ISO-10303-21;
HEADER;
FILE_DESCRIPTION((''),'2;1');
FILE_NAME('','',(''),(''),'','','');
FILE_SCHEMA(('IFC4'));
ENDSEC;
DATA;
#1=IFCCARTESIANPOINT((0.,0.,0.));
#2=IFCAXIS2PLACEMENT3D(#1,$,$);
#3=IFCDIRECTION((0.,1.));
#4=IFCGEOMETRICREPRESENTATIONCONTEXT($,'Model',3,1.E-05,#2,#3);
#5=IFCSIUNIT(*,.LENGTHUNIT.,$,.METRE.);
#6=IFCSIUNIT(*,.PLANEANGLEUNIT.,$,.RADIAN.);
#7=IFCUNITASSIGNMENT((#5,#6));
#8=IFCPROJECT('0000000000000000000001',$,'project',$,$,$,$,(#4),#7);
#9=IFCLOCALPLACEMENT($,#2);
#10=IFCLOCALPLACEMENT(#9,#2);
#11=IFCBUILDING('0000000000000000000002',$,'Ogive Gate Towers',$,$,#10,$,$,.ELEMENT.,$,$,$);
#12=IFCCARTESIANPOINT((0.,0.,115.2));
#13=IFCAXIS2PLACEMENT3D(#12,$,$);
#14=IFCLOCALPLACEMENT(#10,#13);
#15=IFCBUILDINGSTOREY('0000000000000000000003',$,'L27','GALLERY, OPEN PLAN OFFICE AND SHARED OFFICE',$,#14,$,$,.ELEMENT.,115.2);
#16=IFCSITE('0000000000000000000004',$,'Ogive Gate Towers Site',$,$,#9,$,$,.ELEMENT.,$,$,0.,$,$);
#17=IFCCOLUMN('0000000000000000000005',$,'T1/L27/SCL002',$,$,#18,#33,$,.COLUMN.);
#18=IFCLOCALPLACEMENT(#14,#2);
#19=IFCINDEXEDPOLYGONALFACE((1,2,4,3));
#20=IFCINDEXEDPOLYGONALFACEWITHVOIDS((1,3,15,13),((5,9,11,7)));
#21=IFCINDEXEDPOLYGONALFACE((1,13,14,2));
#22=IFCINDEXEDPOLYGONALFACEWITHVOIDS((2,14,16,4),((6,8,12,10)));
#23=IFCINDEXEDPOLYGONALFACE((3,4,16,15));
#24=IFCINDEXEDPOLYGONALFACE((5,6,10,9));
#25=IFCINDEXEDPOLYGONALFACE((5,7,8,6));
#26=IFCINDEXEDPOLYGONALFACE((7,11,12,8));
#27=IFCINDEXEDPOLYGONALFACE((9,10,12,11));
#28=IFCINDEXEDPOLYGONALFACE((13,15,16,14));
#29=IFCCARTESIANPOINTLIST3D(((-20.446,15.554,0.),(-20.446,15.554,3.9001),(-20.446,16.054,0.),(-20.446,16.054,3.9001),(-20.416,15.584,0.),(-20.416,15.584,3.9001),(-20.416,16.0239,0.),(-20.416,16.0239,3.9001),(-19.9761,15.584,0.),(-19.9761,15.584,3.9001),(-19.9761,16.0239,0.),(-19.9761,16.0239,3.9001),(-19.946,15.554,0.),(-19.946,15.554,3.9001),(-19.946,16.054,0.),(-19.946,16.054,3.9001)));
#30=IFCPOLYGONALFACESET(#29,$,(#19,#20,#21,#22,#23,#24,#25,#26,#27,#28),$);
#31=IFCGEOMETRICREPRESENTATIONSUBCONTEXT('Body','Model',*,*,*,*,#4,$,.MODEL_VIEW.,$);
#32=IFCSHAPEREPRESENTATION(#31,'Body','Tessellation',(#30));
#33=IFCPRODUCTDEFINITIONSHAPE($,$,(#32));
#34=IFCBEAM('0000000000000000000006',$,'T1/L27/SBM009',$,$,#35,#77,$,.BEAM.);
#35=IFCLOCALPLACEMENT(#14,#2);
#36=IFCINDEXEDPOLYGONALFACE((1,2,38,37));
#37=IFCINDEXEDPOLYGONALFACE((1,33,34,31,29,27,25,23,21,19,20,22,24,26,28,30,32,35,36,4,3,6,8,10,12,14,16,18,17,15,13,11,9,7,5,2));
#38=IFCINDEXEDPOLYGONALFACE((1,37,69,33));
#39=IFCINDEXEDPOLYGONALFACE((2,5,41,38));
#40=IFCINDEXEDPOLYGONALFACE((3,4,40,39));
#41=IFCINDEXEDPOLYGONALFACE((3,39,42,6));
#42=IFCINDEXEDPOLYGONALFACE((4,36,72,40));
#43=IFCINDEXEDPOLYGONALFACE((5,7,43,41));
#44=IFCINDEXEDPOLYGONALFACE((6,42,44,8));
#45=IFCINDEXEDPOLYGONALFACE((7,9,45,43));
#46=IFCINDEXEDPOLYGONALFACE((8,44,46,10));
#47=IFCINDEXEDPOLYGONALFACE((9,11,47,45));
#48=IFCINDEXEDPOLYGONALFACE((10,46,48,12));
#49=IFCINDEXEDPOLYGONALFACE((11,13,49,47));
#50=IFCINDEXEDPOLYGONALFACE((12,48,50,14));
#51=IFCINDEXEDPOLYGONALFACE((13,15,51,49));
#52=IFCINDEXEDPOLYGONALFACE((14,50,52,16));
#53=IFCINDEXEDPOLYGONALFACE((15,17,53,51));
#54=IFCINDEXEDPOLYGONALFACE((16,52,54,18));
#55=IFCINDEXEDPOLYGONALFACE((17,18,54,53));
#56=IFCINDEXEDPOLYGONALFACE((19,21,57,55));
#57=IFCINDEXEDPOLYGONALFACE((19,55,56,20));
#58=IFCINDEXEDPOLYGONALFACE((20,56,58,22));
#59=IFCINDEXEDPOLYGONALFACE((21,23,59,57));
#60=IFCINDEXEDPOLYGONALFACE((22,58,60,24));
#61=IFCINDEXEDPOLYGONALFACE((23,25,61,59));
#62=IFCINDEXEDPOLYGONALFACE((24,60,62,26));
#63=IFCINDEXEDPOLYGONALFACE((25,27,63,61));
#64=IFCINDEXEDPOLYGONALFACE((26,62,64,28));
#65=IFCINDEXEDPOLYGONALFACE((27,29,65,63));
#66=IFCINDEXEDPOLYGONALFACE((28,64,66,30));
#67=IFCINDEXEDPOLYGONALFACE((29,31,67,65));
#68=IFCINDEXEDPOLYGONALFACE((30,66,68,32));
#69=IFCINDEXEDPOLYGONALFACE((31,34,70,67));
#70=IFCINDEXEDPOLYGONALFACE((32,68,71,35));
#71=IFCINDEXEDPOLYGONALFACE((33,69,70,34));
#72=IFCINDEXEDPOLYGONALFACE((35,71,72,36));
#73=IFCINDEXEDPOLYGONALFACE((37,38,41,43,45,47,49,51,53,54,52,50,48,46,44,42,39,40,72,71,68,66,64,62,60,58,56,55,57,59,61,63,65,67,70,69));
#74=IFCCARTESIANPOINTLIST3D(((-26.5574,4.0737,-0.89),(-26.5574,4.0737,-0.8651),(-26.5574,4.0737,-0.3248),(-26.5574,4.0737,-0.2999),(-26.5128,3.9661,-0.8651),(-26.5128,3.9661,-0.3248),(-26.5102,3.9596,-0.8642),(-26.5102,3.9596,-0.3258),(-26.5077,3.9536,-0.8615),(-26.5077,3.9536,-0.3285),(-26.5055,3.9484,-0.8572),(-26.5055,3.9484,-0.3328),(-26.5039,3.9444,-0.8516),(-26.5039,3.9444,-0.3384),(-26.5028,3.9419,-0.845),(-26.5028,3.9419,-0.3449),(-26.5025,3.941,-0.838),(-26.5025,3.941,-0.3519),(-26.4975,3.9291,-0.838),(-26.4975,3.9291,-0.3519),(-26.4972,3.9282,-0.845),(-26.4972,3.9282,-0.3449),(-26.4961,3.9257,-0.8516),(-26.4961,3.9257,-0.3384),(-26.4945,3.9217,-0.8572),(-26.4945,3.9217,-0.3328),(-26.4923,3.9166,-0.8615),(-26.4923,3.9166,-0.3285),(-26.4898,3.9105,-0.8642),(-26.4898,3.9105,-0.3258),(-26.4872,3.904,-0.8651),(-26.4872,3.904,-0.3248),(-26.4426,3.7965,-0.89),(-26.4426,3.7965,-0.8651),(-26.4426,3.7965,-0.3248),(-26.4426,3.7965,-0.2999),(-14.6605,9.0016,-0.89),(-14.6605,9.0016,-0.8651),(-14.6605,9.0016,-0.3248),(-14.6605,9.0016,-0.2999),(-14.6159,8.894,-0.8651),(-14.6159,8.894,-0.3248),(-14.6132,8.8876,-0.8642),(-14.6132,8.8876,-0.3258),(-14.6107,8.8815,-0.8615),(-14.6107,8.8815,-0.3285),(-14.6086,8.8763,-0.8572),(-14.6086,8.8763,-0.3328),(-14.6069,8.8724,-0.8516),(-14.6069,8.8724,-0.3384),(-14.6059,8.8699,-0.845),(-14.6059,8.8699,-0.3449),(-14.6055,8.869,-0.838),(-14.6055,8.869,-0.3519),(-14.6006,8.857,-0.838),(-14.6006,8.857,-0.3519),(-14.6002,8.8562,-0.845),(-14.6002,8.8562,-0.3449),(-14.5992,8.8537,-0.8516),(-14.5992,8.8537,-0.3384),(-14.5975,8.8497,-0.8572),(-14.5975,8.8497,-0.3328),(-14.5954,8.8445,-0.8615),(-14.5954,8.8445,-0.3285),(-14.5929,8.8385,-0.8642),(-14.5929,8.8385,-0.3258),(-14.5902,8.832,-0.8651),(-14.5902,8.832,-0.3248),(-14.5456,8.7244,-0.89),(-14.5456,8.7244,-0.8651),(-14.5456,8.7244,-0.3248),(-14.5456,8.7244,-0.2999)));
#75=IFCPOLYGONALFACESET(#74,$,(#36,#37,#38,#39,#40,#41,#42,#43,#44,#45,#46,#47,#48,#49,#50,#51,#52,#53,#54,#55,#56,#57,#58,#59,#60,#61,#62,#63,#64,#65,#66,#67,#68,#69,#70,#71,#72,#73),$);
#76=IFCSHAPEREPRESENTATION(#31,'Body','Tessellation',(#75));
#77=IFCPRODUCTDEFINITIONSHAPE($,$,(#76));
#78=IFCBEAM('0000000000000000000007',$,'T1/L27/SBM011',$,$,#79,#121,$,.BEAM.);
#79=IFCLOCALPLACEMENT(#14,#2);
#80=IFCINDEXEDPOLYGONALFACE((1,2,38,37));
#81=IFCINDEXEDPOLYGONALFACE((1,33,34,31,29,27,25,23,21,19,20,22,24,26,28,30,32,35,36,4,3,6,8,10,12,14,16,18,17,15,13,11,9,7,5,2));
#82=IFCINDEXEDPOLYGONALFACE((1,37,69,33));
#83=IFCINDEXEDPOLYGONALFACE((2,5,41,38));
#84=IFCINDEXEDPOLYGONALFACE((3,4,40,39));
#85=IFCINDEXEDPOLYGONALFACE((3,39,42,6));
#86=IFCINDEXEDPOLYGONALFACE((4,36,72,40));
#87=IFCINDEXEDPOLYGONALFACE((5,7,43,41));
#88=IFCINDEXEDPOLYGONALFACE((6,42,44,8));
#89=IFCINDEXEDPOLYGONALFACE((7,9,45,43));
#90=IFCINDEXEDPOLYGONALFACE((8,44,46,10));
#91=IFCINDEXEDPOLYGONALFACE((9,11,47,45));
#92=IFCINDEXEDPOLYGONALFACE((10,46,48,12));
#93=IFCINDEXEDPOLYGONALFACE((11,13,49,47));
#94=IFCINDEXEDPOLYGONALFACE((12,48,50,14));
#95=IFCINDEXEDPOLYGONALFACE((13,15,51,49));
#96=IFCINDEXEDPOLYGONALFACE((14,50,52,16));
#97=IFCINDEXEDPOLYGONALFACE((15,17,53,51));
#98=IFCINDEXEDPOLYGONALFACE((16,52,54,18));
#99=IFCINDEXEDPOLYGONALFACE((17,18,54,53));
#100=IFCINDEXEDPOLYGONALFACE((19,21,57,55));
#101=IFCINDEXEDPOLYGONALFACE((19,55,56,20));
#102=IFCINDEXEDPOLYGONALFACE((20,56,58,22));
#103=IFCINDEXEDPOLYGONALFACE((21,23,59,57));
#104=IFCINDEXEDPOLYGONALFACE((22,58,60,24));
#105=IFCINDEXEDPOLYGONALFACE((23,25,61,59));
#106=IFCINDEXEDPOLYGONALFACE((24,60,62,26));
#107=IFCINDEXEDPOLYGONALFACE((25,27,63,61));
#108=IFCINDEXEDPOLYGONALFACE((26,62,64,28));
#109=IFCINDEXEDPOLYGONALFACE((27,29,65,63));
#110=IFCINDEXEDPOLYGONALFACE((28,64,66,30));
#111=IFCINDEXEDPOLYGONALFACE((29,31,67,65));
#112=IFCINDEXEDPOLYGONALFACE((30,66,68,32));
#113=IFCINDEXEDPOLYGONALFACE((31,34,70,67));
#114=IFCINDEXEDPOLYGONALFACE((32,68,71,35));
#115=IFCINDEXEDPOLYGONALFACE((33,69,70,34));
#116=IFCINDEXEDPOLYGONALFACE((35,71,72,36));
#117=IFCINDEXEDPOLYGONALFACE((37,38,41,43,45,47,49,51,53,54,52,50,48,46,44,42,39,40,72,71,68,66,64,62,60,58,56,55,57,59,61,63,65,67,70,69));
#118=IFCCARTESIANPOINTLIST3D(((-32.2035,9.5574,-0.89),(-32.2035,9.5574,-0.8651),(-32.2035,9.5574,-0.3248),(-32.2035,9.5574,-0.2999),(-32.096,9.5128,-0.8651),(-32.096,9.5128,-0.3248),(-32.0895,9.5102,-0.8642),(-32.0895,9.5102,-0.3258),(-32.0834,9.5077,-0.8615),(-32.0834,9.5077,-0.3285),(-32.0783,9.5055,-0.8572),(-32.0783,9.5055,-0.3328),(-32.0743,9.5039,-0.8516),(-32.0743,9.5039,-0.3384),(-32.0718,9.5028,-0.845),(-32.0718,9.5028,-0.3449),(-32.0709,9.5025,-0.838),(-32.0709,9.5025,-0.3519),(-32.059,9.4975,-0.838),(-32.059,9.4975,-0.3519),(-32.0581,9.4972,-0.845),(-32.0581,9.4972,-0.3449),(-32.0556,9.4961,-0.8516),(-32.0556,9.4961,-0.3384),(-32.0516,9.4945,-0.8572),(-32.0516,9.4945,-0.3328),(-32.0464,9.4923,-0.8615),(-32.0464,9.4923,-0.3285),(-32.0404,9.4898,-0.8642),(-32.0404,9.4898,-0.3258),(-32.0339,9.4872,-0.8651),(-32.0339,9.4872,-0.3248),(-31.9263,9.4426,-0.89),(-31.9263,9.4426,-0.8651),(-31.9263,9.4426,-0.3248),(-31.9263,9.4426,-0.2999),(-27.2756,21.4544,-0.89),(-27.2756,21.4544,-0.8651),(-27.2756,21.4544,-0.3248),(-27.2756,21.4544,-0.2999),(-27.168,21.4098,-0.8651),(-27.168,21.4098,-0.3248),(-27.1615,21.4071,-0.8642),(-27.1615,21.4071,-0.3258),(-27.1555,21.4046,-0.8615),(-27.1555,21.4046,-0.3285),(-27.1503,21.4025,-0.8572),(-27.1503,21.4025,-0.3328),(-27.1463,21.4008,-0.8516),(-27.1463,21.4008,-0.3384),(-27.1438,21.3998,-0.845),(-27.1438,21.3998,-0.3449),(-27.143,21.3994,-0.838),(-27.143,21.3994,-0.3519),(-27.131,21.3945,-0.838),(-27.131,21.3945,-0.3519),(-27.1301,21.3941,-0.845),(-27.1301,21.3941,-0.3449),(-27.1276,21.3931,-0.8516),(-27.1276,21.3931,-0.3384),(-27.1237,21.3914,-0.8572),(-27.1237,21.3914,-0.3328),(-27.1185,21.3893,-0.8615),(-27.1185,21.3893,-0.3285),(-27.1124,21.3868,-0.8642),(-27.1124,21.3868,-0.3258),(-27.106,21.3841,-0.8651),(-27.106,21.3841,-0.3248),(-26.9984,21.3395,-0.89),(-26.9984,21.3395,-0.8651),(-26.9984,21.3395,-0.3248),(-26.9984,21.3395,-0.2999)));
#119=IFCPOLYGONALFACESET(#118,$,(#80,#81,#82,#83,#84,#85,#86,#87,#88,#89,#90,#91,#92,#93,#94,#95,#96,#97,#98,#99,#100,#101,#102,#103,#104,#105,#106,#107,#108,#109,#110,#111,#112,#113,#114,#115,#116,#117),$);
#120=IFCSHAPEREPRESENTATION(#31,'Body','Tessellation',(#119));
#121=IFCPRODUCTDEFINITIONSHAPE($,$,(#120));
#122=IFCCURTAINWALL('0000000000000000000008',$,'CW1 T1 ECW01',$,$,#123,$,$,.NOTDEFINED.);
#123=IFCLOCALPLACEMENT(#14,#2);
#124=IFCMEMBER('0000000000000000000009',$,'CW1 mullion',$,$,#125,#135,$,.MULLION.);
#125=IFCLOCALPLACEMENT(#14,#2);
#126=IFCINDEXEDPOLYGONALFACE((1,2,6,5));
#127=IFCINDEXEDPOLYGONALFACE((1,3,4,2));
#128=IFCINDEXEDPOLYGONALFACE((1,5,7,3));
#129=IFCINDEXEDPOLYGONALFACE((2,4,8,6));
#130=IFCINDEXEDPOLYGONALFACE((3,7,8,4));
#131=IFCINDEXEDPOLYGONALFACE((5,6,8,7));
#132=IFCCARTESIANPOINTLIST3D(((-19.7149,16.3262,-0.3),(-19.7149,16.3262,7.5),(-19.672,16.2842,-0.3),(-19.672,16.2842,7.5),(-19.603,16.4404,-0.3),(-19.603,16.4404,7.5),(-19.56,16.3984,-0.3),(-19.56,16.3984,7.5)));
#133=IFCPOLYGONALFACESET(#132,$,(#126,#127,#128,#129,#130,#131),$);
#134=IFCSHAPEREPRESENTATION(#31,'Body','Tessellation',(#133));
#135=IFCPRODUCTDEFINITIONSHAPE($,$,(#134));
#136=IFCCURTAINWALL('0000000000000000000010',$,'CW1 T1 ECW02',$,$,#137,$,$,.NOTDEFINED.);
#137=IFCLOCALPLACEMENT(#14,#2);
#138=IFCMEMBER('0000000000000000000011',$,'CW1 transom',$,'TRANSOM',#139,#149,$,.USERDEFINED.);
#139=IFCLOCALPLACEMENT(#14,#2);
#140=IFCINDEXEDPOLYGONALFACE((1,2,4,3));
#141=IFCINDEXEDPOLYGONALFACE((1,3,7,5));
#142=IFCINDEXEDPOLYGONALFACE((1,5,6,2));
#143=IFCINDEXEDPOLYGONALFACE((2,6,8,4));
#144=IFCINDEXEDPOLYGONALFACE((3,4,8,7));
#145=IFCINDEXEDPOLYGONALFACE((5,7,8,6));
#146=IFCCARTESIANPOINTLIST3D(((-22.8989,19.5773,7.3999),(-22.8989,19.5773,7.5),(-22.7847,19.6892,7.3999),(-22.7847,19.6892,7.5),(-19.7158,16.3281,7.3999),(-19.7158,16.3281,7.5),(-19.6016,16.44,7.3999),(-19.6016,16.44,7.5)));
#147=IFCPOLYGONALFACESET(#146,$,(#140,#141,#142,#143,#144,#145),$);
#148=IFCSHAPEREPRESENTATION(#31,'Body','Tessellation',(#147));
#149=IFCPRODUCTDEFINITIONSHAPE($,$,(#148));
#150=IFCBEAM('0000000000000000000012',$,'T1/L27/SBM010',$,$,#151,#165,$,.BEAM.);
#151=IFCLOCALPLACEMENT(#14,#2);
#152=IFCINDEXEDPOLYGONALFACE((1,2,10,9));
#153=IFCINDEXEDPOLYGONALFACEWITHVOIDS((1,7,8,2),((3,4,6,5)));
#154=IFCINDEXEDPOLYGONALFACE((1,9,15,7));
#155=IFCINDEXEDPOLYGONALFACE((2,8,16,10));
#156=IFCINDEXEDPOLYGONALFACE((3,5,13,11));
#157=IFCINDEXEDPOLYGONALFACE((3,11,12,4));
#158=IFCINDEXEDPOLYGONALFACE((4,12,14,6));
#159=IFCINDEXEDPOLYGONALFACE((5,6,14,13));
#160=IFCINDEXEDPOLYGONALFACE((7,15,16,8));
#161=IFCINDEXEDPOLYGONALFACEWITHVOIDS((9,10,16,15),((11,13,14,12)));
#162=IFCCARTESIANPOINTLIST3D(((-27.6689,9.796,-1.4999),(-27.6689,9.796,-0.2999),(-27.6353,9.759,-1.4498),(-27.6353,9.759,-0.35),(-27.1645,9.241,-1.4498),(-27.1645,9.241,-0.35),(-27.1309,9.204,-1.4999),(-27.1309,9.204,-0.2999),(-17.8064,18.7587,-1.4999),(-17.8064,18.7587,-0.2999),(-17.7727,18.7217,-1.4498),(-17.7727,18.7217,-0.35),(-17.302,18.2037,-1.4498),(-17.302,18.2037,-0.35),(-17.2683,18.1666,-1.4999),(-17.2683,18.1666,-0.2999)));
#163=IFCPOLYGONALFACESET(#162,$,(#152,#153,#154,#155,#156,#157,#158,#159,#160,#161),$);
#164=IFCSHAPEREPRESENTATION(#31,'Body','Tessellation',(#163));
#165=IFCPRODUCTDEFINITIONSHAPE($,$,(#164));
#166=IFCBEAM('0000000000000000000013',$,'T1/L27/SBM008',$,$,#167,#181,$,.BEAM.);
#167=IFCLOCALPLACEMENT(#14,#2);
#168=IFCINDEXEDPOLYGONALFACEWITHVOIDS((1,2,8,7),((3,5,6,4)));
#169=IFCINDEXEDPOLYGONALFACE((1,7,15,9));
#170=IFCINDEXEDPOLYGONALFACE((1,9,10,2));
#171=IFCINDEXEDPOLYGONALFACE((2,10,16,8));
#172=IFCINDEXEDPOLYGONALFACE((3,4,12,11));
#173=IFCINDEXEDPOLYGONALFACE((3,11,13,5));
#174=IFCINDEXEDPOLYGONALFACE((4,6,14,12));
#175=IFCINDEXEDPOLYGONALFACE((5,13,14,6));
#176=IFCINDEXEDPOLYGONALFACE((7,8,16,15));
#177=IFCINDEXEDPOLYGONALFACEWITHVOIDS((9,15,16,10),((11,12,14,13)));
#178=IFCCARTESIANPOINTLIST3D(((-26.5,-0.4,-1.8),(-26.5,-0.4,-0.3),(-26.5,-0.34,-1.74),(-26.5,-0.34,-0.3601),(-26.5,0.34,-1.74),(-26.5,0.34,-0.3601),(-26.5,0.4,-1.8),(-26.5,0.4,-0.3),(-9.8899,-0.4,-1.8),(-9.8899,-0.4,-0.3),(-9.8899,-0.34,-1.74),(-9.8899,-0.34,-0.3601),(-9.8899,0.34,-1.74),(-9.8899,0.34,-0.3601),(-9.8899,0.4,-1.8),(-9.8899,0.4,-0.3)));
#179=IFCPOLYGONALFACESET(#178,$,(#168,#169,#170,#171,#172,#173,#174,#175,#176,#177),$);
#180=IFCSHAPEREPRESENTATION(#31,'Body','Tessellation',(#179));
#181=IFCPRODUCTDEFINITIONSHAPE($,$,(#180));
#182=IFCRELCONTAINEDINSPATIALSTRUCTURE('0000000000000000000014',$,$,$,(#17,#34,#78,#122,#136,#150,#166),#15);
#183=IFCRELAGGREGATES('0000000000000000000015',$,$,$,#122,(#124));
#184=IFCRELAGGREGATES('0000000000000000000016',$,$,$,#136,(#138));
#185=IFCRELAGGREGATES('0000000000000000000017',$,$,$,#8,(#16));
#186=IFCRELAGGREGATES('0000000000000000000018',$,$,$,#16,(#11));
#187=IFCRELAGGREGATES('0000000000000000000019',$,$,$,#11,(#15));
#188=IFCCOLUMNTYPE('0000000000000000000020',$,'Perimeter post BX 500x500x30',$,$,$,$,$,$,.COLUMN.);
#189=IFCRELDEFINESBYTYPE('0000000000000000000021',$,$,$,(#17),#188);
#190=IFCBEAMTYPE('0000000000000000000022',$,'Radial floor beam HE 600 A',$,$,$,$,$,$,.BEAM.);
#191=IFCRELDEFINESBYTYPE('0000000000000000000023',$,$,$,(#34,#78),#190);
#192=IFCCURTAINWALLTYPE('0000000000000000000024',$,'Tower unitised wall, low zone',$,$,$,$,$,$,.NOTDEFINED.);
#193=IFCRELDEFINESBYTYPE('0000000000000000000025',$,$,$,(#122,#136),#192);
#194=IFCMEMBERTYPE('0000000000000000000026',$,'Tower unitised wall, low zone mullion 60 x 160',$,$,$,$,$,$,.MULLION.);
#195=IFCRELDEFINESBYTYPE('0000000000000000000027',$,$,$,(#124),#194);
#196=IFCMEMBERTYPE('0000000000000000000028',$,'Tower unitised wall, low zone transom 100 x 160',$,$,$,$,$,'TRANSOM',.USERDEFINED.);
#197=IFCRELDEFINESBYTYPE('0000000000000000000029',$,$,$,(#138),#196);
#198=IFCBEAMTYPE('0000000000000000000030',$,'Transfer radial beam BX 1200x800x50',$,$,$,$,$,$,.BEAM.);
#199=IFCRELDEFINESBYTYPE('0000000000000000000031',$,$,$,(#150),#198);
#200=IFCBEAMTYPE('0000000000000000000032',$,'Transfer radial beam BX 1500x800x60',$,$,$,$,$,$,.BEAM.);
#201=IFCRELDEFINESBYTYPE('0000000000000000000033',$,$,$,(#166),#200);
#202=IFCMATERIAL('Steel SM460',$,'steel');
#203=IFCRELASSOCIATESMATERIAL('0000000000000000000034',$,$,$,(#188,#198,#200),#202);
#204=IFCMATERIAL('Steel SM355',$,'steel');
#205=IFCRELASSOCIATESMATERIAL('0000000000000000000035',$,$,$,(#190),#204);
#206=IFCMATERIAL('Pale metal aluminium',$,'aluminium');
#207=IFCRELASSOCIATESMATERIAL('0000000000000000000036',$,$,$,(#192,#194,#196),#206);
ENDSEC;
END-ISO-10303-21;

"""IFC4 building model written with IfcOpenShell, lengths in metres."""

from ifc_helpers import new_model, si_unit, direction, frame, origin, origin_2d, place, context, subcontext, project, spatial, rectangle, hollow_rectangle, i_section, extrude, material, material_profile, profile_set, type_object, element, aggregate, save


model = new_model("IFC4")

# Units and contexts
model_context = context("Model", 3, precision=1e-05, world=origin(), true_north=direction((0.0, 1.0)))
body_context = subcontext(model_context, "Body", "Model", "MODEL_VIEW")
ifc_project = project(units=[si_unit("LENGTHUNIT", "METRE"), si_unit("PLANEANGLEUNIT", "RADIAN")], contexts=[model_context])

# Site, building, storey
site_placement = place(None, origin())
site = spatial("IfcSite", under=ifc_project, at=site_placement, Name="Ogive Gate Towers Site", CompositionType="ELEMENT", RefElevation=0.0)
building_placement = place(site_placement, origin())
building = spatial("IfcBuilding", under=site, at=building_placement, Name="Ogive Gate Towers", CompositionType="ELEMENT")
storey_placement = place(building_placement, frame((0.0, 0.0, 115.2)))
storey = spatial("IfcBuildingStorey", under=building, at=storey_placement, Name="L27", Description="GALLERY, OPEN PLAN OFFICE AND SHARED OFFICE", CompositionType="ELEMENT", Elevation=115.2)

# Column
ifc_material_1 = material(Name="Steel SM460", Category="steel")
ifc_material_profile_1 = material_profile(ifc_material_1, hollow_rectangle(XDim=0.5, YDim=0.5, WallThickness=0.03, at=origin_2d()), Name="BX 500x500x30")
ifc_profile_set_1 = profile_set([ifc_material_profile_1], Name="Steel SM460")
column_type = type_object("IfcColumnType", Name="Perimeter post BX 500x500x30", PredefinedType="COLUMN", material=ifc_profile_set_1)
column_placement = place(storey_placement, frame((-20.196, 15.804, 0.0), z_axis=(0.0, 0.0, 1.0), x_axis=(1.0, 0.0, 0.0)))
element("IfcColumn", 1, at=column_placement, inside=storey, type_object=column_type, Name="T1/L27/SCL002", PredefinedType="COLUMN", context=body_context, shape_type="SweptSolid", body=[
    extrude(hollow_rectangle(XDim=0.5, YDim=0.5, WallThickness=0.03, at=origin_2d()), origin(), (0.0, 0.0, 1.0), 3.9001),
])

# Beams
ifc_material_2 = material(Name="Steel SM355", Category="steel")
ifc_material_profile_2 = material_profile(ifc_material_2, i_section(OverallWidth=0.3, OverallDepth=0.5901, WebThickness=0.0129, FlangeThickness=0.0249, FilletRadius=0.0271, at=origin_2d()), Name="HE 600 A")
ifc_profile_set_2 = profile_set([ifc_material_profile_2], Name="Steel SM355")
beam_type_1 = type_object("IfcBeamType", Name="Radial floor beam HE 600 A", PredefinedType="BEAM", material=ifc_profile_set_2)
for number, where, z_axis, x_axis, name in (
    (2, (-26.5, 3.9351, -0.595), (0.923877, 0.382689, 0.0), (-0.382689, 0.923877, 0.0), "T1/L27/SBM009"),
    (3, (-32.0649, 9.5, -0.595), (0.382689, 0.923877, 0.0), (-0.923877, 0.382689, 0.0), "T1/L27/SBM011"),
):
    element("IfcBeam", number, at=place(storey_placement, frame(where, z_axis=z_axis, x_axis=x_axis)), inside=storey, type_object=beam_type_1, Name=name, PredefinedType="BEAM", context=body_context, shape_type="SweptSolid", body=[
        extrude(i_section(OverallWidth=0.3, OverallDepth=0.5901, WebThickness=0.0129, FlangeThickness=0.0249, FilletRadius=0.0271, at=origin_2d()), origin(), (0.0, 0.0, 1.0), 12.8772),
    ])

# Curtain walls, members
ifc_material_3 = material(Name="Pale metal aluminium", Category="aluminium")
curtain_wall_type = type_object("IfcCurtainWallType", Name="Tower unitised wall, low zone", PredefinedType="NOTDEFINED", material=ifc_material_3)
curtain_wall_1_placement = place(storey_placement, origin())
curtain_wall_1 = element("IfcCurtainWall", 4, at=curtain_wall_1_placement, inside=storey, type_object=curtain_wall_type, Name="CW1 T1 ECW01", PredefinedType="NOTDEFINED")
ifc_material_profile_3 = material_profile(ifc_material_3, rectangle(XDim=0.1599, YDim=0.0601, at=origin_2d()), Name="60 x 160 aluminium box")
ifc_profile_set_3 = profile_set([ifc_material_profile_3], Name="Pale metal aluminium")
member_type_1 = type_object("IfcMemberType", Name="Tower unitised wall, low zone mullion 60 x 160", PredefinedType="MULLION", material=ifc_profile_set_3)
member_1_placement = place(storey_placement, frame((-19.6375, 16.3623, -0.3), z_axis=(0.0, 0.0, 1.0), x_axis=(0.699788, 0.714351, 0.0)))
member_1 = element("IfcMember", 5, at=member_1_placement, type_object=member_type_1, Name="CW1 mullion", PredefinedType="MULLION", context=body_context, shape_type="SweptSolid", body=[
    extrude(rectangle(XDim=0.1599, YDim=0.0601, at=origin_2d()), origin(), (0.0, 0.0, 1.0), 7.8),
])
aggregate(curtain_wall_1, [member_1])
curtain_wall_2_placement = place(storey_placement, origin())
curtain_wall_2 = element("IfcCurtainWall", 6, at=curtain_wall_2_placement, inside=storey, type_object=curtain_wall_type, Name="CW1 T1 ECW02", PredefinedType="NOTDEFINED")
ifc_material_profile_4 = material_profile(ifc_material_3, rectangle(XDim=0.1599, YDim=0.1001, at=origin_2d()), Name="100 x 160 aluminium box")
ifc_profile_set_4 = profile_set([ifc_material_profile_4], Name="Pale metal aluminium")
member_type_2 = type_object("IfcMemberType", Name="Tower unitised wall, low zone transom 100 x 160", ElementType="TRANSOM", PredefinedType="USERDEFINED", material=ifc_profile_set_4)
member_2_placement = place(storey_placement, frame((-19.6587, 16.384, 7.45), z_axis=(-0.699797, 0.714342, 0.0), x_axis=(-0.714342, -0.699797, 0.0)))
member_2 = element("IfcMember", 7, at=member_2_placement, type_object=member_type_2, Name="CW1 transom", ObjectType="TRANSOM", PredefinedType="USERDEFINED", context=body_context, shape_type="SweptSolid", body=[
    extrude(rectangle(XDim=0.1599, YDim=0.1001, at=origin_2d()), origin(), (0.0, 0.0, 1.0), 4.5486),
])

# Beams
ifc_material_profile_5 = material_profile(ifc_material_1, hollow_rectangle(XDim=0.8, YDim=1.2, WallThickness=0.05, at=origin_2d()), Name="BX 1200x800x50")
ifc_profile_set_5 = profile_set([ifc_material_profile_5], Name="Steel SM460")
beam_type_2 = type_object("IfcBeamType", Name="Transfer radial beam BX 1200x800x50", PredefinedType="BEAM", material=ifc_profile_set_5)
beam_1_placement = place(storey_placement, frame((-27.3999, 9.5, -0.8999), z_axis=(0.740064, 0.672537, 0.0), x_axis=(-0.672537, 0.740064, 0.0)))
element("IfcBeam", 8, at=beam_1_placement, inside=storey, type_object=beam_type_2, Name="T1/L27/SBM010", PredefinedType="BEAM", context=body_context, shape_type="SweptSolid", body=[
    extrude(hollow_rectangle(XDim=0.8, YDim=1.2, WallThickness=0.05, at=origin_2d()), origin(), (0.0, 0.0, 1.0), 13.3267),
])
ifc_material_profile_6 = material_profile(ifc_material_1, hollow_rectangle(XDim=0.8, YDim=1.5, WallThickness=0.0601, at=origin_2d()), Name="BX 1500x800x60")
ifc_profile_set_6 = profile_set([ifc_material_profile_6], Name="Steel SM460")
beam_type_3 = type_object("IfcBeamType", Name="Transfer radial beam BX 1500x800x60", PredefinedType="BEAM", material=ifc_profile_set_6)
beam_2_placement = place(storey_placement, frame((-26.5, 0.0, -1.05), z_axis=(1.0, 0.0, 0.0), x_axis=(0.0, 1.0, 0.0)))
element("IfcBeam", 9, at=beam_2_placement, inside=storey, type_object=beam_type_3, Name="T1/L27/SBM008", PredefinedType="BEAM", context=body_context, shape_type="SweptSolid", body=[
    extrude(hollow_rectangle(XDim=0.8, YDim=1.5, WallThickness=0.0601, at=origin_2d()), origin(), (0.0, 0.0, 1.0), 16.6101),
])

aggregate(curtain_wall_2, [member_2])

save(model, "model.ifc")
